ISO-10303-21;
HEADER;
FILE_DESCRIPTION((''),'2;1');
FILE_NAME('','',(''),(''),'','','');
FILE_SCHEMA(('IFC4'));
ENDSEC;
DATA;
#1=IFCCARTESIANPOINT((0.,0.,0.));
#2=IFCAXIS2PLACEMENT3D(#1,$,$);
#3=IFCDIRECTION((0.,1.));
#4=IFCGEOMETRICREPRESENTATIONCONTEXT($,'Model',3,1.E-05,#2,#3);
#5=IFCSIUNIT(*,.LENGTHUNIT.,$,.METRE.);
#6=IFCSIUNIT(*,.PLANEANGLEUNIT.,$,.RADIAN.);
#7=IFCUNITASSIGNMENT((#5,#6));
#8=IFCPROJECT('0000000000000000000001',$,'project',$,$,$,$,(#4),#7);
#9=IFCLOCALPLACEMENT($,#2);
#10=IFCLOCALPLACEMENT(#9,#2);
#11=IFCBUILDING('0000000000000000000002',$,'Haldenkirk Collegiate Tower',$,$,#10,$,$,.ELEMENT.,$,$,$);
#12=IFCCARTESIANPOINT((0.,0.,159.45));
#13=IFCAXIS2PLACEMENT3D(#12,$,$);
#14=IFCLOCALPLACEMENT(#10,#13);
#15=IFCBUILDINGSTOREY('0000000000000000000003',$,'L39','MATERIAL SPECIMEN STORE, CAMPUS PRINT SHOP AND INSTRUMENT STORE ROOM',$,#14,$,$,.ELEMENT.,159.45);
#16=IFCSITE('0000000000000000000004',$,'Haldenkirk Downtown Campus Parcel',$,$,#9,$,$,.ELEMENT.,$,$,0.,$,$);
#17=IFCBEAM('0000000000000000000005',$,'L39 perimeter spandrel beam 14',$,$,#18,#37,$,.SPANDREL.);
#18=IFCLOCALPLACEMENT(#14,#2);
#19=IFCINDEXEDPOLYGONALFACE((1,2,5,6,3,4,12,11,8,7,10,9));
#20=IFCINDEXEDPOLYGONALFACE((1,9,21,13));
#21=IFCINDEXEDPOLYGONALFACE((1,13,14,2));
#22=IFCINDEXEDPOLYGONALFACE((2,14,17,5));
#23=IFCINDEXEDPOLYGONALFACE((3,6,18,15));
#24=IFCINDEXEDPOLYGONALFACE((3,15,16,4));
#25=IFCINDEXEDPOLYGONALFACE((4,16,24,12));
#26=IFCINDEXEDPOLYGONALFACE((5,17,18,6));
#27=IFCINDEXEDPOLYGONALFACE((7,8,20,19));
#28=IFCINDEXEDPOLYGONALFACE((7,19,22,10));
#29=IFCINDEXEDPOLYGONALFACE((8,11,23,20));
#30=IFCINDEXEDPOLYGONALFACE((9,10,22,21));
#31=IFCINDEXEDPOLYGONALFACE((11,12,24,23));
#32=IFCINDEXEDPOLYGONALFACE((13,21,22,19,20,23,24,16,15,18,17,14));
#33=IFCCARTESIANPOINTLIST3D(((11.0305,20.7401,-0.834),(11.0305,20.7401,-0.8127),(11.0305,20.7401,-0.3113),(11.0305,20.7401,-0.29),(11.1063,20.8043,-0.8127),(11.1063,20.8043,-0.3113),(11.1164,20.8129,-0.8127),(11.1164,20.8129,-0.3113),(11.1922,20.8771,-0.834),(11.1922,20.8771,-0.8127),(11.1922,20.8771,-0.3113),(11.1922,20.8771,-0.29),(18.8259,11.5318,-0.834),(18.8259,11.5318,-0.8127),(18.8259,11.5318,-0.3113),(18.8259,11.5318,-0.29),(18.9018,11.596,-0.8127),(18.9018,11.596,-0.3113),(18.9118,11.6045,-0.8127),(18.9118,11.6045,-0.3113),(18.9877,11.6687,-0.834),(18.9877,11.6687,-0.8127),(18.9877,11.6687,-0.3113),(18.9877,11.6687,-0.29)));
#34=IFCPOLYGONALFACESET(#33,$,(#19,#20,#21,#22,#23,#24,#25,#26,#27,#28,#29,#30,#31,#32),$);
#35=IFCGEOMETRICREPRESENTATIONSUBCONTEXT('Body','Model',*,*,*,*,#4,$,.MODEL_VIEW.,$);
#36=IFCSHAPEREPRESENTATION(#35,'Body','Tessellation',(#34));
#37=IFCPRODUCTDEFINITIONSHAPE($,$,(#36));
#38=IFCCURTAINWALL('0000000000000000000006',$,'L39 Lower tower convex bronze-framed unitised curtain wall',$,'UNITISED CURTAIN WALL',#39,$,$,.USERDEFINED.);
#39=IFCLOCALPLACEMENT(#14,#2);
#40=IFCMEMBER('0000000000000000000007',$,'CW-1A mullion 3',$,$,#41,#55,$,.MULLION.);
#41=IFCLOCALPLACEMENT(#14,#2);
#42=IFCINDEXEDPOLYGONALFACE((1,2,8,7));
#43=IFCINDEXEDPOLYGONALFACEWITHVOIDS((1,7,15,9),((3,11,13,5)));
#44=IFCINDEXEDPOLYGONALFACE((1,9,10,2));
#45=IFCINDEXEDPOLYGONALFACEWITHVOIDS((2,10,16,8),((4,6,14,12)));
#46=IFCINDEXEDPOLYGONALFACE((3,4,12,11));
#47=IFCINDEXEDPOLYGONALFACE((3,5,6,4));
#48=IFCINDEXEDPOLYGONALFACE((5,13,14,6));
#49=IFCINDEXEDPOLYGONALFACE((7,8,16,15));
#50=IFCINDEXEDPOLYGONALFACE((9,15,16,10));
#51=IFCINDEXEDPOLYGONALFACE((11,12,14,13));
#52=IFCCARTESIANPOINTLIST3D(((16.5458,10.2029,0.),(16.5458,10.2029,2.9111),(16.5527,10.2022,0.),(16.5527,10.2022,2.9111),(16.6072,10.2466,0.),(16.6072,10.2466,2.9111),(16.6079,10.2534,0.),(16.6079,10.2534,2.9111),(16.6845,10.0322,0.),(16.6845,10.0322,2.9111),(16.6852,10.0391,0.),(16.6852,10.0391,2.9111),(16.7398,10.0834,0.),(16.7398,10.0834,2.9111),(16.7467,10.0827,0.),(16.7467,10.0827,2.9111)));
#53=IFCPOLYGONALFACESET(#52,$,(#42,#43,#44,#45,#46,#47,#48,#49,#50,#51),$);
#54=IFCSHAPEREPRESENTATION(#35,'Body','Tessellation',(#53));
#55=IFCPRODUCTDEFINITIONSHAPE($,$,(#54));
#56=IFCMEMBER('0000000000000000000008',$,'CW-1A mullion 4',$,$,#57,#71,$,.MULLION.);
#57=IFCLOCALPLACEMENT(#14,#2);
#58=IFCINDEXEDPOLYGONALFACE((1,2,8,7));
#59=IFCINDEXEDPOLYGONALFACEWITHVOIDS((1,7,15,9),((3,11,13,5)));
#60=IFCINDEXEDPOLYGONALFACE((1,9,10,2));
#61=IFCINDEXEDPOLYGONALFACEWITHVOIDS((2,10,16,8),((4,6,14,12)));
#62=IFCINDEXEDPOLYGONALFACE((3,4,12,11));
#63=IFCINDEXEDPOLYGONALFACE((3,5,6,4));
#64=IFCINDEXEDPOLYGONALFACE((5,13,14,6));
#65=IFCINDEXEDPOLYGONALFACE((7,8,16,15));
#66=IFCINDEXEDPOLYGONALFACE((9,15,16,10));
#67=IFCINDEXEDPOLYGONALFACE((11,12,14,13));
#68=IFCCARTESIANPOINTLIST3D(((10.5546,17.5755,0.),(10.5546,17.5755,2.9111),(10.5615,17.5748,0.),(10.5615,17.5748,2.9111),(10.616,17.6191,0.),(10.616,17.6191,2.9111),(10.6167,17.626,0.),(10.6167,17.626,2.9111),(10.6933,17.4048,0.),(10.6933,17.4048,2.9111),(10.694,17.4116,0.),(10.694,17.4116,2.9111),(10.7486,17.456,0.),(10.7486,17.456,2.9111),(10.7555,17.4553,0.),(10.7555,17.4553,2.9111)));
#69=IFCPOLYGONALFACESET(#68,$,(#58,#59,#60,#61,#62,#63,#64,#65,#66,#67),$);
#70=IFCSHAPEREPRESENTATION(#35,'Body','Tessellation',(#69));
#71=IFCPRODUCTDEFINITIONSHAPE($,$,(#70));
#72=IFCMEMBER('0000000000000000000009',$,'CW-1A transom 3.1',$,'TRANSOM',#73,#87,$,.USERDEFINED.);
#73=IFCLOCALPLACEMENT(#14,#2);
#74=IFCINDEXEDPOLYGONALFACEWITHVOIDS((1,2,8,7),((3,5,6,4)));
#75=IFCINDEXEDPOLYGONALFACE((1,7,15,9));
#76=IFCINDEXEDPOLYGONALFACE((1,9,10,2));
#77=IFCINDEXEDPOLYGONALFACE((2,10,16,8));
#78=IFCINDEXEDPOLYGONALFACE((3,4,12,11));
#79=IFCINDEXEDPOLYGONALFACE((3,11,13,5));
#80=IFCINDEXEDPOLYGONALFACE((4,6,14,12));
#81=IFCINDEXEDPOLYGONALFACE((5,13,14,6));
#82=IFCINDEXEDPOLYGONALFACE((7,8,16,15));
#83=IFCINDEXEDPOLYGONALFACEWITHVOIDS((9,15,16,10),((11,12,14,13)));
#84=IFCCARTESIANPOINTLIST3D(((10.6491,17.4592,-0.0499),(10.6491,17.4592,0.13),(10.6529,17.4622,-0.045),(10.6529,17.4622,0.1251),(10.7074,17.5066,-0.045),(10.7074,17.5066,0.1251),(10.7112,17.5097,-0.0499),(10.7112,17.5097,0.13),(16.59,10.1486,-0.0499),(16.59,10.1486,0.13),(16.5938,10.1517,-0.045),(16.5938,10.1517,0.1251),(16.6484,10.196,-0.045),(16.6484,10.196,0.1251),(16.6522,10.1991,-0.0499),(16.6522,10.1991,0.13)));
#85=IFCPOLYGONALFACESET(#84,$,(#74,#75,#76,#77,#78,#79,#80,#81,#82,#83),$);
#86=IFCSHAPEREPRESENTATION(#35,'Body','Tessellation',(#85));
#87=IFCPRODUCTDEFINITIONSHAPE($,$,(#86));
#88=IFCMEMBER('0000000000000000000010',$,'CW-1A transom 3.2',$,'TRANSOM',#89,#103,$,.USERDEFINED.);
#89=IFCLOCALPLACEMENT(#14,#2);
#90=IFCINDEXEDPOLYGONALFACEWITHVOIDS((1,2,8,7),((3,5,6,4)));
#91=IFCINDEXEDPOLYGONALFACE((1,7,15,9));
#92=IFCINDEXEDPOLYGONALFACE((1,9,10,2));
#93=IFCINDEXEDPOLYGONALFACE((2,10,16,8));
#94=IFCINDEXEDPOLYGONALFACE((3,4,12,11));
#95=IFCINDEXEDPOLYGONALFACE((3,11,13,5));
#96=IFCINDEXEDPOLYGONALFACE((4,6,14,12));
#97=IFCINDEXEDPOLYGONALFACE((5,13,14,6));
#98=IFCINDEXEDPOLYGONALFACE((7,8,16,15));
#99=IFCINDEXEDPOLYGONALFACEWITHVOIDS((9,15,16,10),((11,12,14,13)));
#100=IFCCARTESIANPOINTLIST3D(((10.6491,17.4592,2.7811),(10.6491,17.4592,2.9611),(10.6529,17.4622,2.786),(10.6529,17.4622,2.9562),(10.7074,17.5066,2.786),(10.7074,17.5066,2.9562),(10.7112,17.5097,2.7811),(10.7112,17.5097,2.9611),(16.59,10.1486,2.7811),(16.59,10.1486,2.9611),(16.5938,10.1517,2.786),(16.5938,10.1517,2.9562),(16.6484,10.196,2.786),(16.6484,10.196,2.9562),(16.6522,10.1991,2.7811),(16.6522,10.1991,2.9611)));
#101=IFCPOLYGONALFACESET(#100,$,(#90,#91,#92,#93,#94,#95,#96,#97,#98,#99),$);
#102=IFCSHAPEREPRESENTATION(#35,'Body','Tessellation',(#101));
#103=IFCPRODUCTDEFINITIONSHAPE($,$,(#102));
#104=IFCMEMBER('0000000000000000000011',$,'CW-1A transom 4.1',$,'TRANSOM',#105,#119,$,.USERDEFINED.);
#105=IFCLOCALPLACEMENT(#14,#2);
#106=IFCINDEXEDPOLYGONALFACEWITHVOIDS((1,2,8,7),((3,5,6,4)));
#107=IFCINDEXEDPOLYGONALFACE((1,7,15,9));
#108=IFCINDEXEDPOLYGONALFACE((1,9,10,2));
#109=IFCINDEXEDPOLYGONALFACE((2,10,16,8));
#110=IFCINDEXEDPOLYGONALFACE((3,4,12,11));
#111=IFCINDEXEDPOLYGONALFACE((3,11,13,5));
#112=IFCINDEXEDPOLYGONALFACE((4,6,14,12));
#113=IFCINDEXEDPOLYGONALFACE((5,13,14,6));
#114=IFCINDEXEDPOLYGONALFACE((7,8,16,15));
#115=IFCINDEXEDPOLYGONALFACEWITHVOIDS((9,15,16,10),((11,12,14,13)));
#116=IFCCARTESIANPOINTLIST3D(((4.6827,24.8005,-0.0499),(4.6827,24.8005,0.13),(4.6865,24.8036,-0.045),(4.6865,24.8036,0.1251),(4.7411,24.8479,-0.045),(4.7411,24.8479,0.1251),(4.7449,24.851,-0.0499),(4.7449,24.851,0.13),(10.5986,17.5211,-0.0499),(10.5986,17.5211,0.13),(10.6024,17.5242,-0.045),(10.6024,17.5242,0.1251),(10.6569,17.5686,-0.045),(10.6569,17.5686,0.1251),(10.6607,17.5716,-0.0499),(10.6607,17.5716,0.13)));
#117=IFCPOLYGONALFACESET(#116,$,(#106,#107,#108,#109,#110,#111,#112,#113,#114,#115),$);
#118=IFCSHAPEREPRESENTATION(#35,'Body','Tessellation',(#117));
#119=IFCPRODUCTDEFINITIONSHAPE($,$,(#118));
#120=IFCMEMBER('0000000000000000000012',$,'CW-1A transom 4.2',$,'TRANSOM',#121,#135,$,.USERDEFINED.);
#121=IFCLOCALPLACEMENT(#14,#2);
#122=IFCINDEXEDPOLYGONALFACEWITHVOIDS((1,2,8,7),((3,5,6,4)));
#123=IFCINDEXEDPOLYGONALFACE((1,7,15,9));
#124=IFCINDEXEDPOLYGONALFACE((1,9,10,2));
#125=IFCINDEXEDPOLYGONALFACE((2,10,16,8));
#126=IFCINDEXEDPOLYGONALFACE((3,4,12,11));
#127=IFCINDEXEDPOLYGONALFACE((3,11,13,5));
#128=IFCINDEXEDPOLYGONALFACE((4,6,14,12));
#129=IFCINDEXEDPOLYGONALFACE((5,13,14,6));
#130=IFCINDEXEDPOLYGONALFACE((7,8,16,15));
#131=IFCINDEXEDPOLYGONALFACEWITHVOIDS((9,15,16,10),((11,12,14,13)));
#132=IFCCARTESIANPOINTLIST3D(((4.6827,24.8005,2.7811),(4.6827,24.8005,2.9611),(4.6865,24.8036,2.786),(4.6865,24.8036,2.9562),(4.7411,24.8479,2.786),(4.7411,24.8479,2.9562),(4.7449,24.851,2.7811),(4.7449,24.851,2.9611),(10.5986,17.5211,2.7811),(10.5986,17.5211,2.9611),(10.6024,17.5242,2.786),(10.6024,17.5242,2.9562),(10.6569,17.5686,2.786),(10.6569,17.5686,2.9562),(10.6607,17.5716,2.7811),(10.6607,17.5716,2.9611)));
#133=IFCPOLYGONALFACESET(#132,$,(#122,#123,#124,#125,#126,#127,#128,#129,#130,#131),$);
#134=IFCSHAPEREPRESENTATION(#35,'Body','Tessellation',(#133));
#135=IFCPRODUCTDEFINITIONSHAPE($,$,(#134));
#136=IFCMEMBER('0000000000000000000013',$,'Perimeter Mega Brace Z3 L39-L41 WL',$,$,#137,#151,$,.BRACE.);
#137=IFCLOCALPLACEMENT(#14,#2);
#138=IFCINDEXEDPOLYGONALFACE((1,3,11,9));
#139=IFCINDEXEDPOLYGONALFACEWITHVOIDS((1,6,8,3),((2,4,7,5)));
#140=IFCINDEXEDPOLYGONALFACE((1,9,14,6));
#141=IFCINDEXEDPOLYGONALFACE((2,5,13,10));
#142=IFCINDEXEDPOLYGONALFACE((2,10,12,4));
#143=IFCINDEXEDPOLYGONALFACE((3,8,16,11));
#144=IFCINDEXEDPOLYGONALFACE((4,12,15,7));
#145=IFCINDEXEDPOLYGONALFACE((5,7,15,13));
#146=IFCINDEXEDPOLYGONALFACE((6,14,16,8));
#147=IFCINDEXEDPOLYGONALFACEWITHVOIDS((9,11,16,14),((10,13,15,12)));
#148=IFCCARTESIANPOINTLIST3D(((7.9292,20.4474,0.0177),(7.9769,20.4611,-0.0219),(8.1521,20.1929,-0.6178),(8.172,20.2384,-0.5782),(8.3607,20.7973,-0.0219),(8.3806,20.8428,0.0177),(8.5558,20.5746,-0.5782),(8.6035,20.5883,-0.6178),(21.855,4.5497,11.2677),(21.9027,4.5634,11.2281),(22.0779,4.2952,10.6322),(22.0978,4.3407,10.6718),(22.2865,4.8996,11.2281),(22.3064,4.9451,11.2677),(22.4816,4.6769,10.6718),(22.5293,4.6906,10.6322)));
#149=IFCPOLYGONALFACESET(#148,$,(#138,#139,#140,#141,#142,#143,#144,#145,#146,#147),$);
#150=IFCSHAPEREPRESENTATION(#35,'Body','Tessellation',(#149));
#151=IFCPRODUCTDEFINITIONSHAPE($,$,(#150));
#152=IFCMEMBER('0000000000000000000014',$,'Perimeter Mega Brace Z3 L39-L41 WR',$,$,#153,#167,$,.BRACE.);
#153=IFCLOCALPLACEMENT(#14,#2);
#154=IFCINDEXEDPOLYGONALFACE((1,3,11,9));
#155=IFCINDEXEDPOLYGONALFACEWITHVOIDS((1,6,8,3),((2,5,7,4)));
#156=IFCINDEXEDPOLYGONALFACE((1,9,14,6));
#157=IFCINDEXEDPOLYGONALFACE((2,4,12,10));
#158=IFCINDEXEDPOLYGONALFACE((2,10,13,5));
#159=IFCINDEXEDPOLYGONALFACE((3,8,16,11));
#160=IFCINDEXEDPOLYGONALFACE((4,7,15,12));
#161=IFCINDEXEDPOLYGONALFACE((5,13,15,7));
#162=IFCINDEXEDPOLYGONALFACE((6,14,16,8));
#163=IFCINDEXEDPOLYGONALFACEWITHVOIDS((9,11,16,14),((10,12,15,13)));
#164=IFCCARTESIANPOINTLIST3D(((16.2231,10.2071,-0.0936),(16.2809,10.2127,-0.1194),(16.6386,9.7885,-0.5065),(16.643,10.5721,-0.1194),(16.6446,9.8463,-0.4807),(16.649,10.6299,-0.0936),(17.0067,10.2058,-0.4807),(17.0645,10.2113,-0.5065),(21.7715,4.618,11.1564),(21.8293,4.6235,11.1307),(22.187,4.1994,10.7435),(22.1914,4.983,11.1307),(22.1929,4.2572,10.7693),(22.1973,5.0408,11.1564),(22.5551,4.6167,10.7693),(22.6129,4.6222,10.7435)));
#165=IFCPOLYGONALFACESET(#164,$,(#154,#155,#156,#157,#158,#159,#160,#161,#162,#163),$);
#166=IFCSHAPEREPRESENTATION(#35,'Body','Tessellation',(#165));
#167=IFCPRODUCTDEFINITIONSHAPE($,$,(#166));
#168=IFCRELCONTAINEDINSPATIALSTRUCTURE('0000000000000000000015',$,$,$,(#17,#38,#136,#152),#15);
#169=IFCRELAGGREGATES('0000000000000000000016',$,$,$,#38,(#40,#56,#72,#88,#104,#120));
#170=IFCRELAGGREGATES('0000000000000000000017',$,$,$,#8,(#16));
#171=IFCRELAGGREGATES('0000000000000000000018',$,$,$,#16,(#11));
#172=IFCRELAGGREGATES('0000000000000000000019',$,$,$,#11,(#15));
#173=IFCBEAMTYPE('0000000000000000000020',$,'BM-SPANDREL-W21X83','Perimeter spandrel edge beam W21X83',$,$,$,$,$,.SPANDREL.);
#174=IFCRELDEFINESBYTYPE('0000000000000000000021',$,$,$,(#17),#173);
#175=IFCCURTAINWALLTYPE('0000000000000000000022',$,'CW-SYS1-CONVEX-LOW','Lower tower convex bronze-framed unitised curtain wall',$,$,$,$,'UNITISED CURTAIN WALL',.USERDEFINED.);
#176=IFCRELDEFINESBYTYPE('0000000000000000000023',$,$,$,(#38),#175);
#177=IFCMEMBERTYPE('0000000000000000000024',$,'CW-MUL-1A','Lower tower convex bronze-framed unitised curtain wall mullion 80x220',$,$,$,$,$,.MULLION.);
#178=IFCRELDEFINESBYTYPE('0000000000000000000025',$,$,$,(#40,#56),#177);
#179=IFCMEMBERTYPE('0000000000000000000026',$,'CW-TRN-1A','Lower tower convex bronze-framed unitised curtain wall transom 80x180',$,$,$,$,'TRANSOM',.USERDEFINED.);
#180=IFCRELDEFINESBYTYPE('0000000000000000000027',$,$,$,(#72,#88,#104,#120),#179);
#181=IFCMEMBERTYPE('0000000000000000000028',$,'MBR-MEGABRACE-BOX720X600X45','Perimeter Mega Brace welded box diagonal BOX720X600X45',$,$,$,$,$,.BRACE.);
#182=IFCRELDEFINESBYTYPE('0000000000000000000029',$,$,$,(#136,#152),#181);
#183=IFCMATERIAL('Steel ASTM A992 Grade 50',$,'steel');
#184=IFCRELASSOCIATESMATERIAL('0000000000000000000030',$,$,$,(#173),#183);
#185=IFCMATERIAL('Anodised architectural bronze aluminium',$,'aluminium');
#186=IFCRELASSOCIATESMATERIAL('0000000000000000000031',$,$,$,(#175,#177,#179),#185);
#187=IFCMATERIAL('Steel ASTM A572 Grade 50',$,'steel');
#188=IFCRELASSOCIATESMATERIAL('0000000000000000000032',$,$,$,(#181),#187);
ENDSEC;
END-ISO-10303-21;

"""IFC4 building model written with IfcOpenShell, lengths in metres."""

from ifc_helpers import new_model, si_unit, direction, frame, origin, origin_2d, place, context, subcontext, project, spatial, hollow_rectangle, i_section, extrude, material, material_profile, profile_set, type_object, element, aggregate, save


model = new_model("IFC4")

# Units and contexts
model_context = context("Model", 3, precision=1e-05, world=origin(), true_north=direction((0.0, 1.0)))
body_context = subcontext(model_context, "Body", "Model", "MODEL_VIEW")
ifc_project = project(units=[si_unit("LENGTHUNIT", "METRE"), si_unit("PLANEANGLEUNIT", "RADIAN")], contexts=[model_context])

# Site, building, storey
site_placement = place(None, origin())
site = spatial("IfcSite", under=ifc_project, at=site_placement, Name="Haldenkirk Downtown Campus Parcel", CompositionType="ELEMENT", RefElevation=0.0)
building_placement = place(site_placement, origin())
building = spatial("IfcBuilding", under=site, at=building_placement, Name="Haldenkirk Collegiate Tower", CompositionType="ELEMENT")
storey_placement = place(building_placement, frame((0.0, 0.0, 159.45)))
storey = spatial("IfcBuildingStorey", under=building, at=storey_placement, Name="L39", Description="MATERIAL SPECIMEN STORE, CAMPUS PRINT SHOP AND INSTRUMENT STORE ROOM", CompositionType="ELEMENT", Elevation=159.45)

# Beam
ifc_material_1 = material(Name="Steel ASTM A992 Grade 50", Category="steel")
ifc_material_profile_1 = material_profile(ifc_material_1, i_section(OverallWidth=0.2119, OverallDepth=0.5439, WebThickness=0.0132, FlangeThickness=0.0212, at=origin_2d()), Name="W21X83")
ifc_profile_set_1 = profile_set([ifc_material_profile_1], Name="Steel ASTM A992 Grade 50")
beam_type = type_object("IfcBeamType", Name="BM-SPANDREL-W21X83", Description="Perimeter spandrel edge beam W21X83", PredefinedType="SPANDREL", material=ifc_profile_set_1)
beam_placement = place(storey_placement, frame((11.1113, 20.8086, -0.562), z_axis=(0.646126, -0.76323, 0.0), x_axis=(0.76323, 0.646126, 0.0)))
element("IfcBeam", 1, at=beam_placement, inside=storey, type_object=beam_type, Name="L39 perimeter spandrel beam 14", PredefinedType="SPANDREL", context=body_context, shape_type="SweptSolid", body=[
    extrude(i_section(OverallWidth=0.2119, OverallDepth=0.5439, WebThickness=0.0132, FlangeThickness=0.0212, at=origin_2d()), origin(), (0.0, 0.0, 1.0), 12.0649),
])

# Curtain wall, members
ifc_material_2 = material(Name="Anodised architectural bronze aluminium", Category="aluminium")
curtain_wall_type = type_object("IfcCurtainWallType", Name="CW-SYS1-CONVEX-LOW", Description="Lower tower convex bronze-framed unitised curtain wall", ElementType="UNITISED CURTAIN WALL", PredefinedType="USERDEFINED", material=ifc_material_2)
curtain_wall_placement = place(storey_placement, origin())
curtain_wall = element("IfcCurtainWall", 2, at=curtain_wall_placement, inside=storey, type_object=curtain_wall_type, Name="L39 Lower tower convex bronze-framed unitised curtain wall", ObjectType="UNITISED CURTAIN WALL", PredefinedType="USERDEFINED")
ifc_material_profile_2 = material_profile(ifc_material_2, hollow_rectangle(XDim=0.0801, YDim=0.22, WallThickness=0.0049, at=origin_2d()), Name="CW-MUL-1A")
ifc_profile_set_2 = profile_set([ifc_material_profile_2], Name="Anodised architectural bronze aluminium")
member_type_1 = type_object("IfcMemberType", Name="CW-MUL-1A", Description="Lower tower convex bronze-framed unitised curtain wall mullion 80x220", PredefinedType="MULLION", material=ifc_profile_set_2)
member_1_placement = place(storey_placement, frame((16.6462, 10.1428, 0.0), z_axis=(0.0, 0.0, 1.0), x_axis=(-0.776048, -0.630674, 0.0)))
member_1 = element("IfcMember", 3, at=member_1_placement, type_object=member_type_1, Name="CW-1A mullion 3", PredefinedType="MULLION", context=body_context, shape_type="SweptSolid", body=[
    extrude(hollow_rectangle(XDim=0.0801, YDim=0.22, WallThickness=0.0049, at=origin_2d()), origin(), (0.0, 0.0, 1.0), 2.9111),
])
member_2_placement = place(storey_placement, frame((10.655, 17.5154, 0.0), z_axis=(0.0, 0.0, 1.0), x_axis=(-0.776048, -0.630674, 0.0)))
member_2 = element("IfcMember", 4, at=member_2_placement, type_object=member_type_1, Name="CW-1A mullion 4", PredefinedType="MULLION", context=body_context, shape_type="SweptSolid", body=[
    extrude(hollow_rectangle(XDim=0.0801, YDim=0.22, WallThickness=0.0049, at=origin_2d()), origin(), (0.0, 0.0, 1.0), 2.9111),
])
ifc_material_profile_3 = material_profile(ifc_material_2, hollow_rectangle(XDim=0.0801, YDim=0.1799, WallThickness=0.0049, at=origin_2d()), Name="CW-TRN-1A")
ifc_profile_set_3 = profile_set([ifc_material_profile_3], Name="Anodised architectural bronze aluminium")
member_type_2 = type_object("IfcMemberType", Name="CW-TRN-1A", Description="Lower tower convex bronze-framed unitised curtain wall transom 80x180", ElementType="TRANSOM", PredefinedType="USERDEFINED", material=ifc_profile_set_3)
member_3_placement = place(storey_placement, frame((16.6211, 10.1738, 0.04), z_axis=(-0.630663, 0.776057, 0.0), x_axis=(-0.776057, -0.630663, 0.0)))
member_3 = element("IfcMember", 5, at=member_3_placement, type_object=member_type_2, Name="CW-1A transom 3.1", ObjectType="TRANSOM", PredefinedType="USERDEFINED", context=body_context, shape_type="SweptSolid", body=[
    extrude(hollow_rectangle(XDim=0.0801, YDim=0.1799, WallThickness=0.0049, at=origin_2d()), origin(), (0.0, 0.0, 1.0), 9.4202),
])
member_4_placement = place(storey_placement, frame((16.6211, 10.1738, 2.8711), z_axis=(-0.630663, 0.776057, 0.0), x_axis=(-0.776057, -0.630663, 0.0)))
member_4 = element("IfcMember", 6, at=member_4_placement, type_object=member_type_2, Name="CW-1A transom 3.2", ObjectType="TRANSOM", PredefinedType="USERDEFINED", context=body_context, shape_type="SweptSolid", body=[
    extrude(hollow_rectangle(XDim=0.0801, YDim=0.1799, WallThickness=0.0049, at=origin_2d()), origin(), (0.0, 0.0, 1.0), 9.4202),
])
member_5_placement = place(storey_placement, frame((10.6296, 17.5464, 0.04), z_axis=(-0.630679, 0.776044, 0.0), x_axis=(-0.776044, -0.630679, 0.0)))
member_5 = element("IfcMember", 7, at=member_5_placement, type_object=member_type_2, Name="CW-1A transom 4.1", ObjectType="TRANSOM", PredefinedType="USERDEFINED", context=body_context, shape_type="SweptSolid", body=[
    extrude(hollow_rectangle(XDim=0.0801, YDim=0.1799, WallThickness=0.0049, at=origin_2d()), origin(), (0.0, 0.0, 1.0), 9.3801),
])
member_6_placement = place(storey_placement, frame((10.6296, 17.5464, 2.8711), z_axis=(-0.630679, 0.776044, 0.0), x_axis=(-0.776044, -0.630679, 0.0)))
member_6 = element("IfcMember", 8, at=member_6_placement, type_object=member_type_2, Name="CW-1A transom 4.2", ObjectType="TRANSOM", PredefinedType="USERDEFINED", context=body_context, shape_type="SweptSolid", body=[
    extrude(hollow_rectangle(XDim=0.0801, YDim=0.1799, WallThickness=0.0049, at=origin_2d()), origin(), (0.0, 0.0, 1.0), 9.3801),
])

# Members
ifc_material_3 = material(Name="Steel ASTM A572 Grade 50", Category="steel")
ifc_material_profile_4 = material_profile(ifc_material_3, hollow_rectangle(XDim=0.6001, YDim=0.72, WallThickness=0.0449, at=origin_2d()), Name="BOX720X600X45")
ifc_profile_set_4 = profile_set([ifc_material_profile_4], Name="Steel ASTM A572 Grade 50")
member_type_3 = type_object("IfcMemberType", Name="MBR-MEGABRACE-BOX720X600X45", Description="Perimeter Mega Brace welded box diagonal BOX720X600X45", PredefinedType="BRACE", material=ifc_profile_set_4)
member_7_placement = place(storey_placement, frame((8.2664, 20.5178, -0.3), z_axis=(0.581643, -0.664005, 0.469882), x_axis=(0.752218, 0.658914, 0.0)))
element("IfcMember", 9, at=member_7_placement, inside=storey, type_object=member_type_3, Name="Perimeter Mega Brace Z3 L39-L41 WL", PredefinedType="BRACE", context=body_context, shape_type="SweptSolid", body=[
    extrude(hollow_rectangle(XDim=0.6001, YDim=0.72, WallThickness=0.0449, at=origin_2d()), origin(), (0.0, 0.0, 1.0), 23.9421),
])
member_8_placement = place(storey_placement, frame((16.6438, 10.2092, -0.3), z_axis=(0.404026, -0.406995, 0.819218), x_axis=(0.709691, 0.704514, 0.0)))
element("IfcMember", 10, at=member_8_placement, inside=storey, type_object=member_type_3, Name="Perimeter Mega Brace Z3 L39-L41 WR", PredefinedType="BRACE", context=body_context, shape_type="SweptSolid", body=[
    extrude(hollow_rectangle(XDim=0.6001, YDim=0.72, WallThickness=0.0449, at=origin_2d()), origin(), (0.0, 0.0, 1.0), 13.7327),
])

aggregate(curtain_wall, [member_1, member_2, member_3, member_4, member_5, member_6])

save(model, "model.ifc")
